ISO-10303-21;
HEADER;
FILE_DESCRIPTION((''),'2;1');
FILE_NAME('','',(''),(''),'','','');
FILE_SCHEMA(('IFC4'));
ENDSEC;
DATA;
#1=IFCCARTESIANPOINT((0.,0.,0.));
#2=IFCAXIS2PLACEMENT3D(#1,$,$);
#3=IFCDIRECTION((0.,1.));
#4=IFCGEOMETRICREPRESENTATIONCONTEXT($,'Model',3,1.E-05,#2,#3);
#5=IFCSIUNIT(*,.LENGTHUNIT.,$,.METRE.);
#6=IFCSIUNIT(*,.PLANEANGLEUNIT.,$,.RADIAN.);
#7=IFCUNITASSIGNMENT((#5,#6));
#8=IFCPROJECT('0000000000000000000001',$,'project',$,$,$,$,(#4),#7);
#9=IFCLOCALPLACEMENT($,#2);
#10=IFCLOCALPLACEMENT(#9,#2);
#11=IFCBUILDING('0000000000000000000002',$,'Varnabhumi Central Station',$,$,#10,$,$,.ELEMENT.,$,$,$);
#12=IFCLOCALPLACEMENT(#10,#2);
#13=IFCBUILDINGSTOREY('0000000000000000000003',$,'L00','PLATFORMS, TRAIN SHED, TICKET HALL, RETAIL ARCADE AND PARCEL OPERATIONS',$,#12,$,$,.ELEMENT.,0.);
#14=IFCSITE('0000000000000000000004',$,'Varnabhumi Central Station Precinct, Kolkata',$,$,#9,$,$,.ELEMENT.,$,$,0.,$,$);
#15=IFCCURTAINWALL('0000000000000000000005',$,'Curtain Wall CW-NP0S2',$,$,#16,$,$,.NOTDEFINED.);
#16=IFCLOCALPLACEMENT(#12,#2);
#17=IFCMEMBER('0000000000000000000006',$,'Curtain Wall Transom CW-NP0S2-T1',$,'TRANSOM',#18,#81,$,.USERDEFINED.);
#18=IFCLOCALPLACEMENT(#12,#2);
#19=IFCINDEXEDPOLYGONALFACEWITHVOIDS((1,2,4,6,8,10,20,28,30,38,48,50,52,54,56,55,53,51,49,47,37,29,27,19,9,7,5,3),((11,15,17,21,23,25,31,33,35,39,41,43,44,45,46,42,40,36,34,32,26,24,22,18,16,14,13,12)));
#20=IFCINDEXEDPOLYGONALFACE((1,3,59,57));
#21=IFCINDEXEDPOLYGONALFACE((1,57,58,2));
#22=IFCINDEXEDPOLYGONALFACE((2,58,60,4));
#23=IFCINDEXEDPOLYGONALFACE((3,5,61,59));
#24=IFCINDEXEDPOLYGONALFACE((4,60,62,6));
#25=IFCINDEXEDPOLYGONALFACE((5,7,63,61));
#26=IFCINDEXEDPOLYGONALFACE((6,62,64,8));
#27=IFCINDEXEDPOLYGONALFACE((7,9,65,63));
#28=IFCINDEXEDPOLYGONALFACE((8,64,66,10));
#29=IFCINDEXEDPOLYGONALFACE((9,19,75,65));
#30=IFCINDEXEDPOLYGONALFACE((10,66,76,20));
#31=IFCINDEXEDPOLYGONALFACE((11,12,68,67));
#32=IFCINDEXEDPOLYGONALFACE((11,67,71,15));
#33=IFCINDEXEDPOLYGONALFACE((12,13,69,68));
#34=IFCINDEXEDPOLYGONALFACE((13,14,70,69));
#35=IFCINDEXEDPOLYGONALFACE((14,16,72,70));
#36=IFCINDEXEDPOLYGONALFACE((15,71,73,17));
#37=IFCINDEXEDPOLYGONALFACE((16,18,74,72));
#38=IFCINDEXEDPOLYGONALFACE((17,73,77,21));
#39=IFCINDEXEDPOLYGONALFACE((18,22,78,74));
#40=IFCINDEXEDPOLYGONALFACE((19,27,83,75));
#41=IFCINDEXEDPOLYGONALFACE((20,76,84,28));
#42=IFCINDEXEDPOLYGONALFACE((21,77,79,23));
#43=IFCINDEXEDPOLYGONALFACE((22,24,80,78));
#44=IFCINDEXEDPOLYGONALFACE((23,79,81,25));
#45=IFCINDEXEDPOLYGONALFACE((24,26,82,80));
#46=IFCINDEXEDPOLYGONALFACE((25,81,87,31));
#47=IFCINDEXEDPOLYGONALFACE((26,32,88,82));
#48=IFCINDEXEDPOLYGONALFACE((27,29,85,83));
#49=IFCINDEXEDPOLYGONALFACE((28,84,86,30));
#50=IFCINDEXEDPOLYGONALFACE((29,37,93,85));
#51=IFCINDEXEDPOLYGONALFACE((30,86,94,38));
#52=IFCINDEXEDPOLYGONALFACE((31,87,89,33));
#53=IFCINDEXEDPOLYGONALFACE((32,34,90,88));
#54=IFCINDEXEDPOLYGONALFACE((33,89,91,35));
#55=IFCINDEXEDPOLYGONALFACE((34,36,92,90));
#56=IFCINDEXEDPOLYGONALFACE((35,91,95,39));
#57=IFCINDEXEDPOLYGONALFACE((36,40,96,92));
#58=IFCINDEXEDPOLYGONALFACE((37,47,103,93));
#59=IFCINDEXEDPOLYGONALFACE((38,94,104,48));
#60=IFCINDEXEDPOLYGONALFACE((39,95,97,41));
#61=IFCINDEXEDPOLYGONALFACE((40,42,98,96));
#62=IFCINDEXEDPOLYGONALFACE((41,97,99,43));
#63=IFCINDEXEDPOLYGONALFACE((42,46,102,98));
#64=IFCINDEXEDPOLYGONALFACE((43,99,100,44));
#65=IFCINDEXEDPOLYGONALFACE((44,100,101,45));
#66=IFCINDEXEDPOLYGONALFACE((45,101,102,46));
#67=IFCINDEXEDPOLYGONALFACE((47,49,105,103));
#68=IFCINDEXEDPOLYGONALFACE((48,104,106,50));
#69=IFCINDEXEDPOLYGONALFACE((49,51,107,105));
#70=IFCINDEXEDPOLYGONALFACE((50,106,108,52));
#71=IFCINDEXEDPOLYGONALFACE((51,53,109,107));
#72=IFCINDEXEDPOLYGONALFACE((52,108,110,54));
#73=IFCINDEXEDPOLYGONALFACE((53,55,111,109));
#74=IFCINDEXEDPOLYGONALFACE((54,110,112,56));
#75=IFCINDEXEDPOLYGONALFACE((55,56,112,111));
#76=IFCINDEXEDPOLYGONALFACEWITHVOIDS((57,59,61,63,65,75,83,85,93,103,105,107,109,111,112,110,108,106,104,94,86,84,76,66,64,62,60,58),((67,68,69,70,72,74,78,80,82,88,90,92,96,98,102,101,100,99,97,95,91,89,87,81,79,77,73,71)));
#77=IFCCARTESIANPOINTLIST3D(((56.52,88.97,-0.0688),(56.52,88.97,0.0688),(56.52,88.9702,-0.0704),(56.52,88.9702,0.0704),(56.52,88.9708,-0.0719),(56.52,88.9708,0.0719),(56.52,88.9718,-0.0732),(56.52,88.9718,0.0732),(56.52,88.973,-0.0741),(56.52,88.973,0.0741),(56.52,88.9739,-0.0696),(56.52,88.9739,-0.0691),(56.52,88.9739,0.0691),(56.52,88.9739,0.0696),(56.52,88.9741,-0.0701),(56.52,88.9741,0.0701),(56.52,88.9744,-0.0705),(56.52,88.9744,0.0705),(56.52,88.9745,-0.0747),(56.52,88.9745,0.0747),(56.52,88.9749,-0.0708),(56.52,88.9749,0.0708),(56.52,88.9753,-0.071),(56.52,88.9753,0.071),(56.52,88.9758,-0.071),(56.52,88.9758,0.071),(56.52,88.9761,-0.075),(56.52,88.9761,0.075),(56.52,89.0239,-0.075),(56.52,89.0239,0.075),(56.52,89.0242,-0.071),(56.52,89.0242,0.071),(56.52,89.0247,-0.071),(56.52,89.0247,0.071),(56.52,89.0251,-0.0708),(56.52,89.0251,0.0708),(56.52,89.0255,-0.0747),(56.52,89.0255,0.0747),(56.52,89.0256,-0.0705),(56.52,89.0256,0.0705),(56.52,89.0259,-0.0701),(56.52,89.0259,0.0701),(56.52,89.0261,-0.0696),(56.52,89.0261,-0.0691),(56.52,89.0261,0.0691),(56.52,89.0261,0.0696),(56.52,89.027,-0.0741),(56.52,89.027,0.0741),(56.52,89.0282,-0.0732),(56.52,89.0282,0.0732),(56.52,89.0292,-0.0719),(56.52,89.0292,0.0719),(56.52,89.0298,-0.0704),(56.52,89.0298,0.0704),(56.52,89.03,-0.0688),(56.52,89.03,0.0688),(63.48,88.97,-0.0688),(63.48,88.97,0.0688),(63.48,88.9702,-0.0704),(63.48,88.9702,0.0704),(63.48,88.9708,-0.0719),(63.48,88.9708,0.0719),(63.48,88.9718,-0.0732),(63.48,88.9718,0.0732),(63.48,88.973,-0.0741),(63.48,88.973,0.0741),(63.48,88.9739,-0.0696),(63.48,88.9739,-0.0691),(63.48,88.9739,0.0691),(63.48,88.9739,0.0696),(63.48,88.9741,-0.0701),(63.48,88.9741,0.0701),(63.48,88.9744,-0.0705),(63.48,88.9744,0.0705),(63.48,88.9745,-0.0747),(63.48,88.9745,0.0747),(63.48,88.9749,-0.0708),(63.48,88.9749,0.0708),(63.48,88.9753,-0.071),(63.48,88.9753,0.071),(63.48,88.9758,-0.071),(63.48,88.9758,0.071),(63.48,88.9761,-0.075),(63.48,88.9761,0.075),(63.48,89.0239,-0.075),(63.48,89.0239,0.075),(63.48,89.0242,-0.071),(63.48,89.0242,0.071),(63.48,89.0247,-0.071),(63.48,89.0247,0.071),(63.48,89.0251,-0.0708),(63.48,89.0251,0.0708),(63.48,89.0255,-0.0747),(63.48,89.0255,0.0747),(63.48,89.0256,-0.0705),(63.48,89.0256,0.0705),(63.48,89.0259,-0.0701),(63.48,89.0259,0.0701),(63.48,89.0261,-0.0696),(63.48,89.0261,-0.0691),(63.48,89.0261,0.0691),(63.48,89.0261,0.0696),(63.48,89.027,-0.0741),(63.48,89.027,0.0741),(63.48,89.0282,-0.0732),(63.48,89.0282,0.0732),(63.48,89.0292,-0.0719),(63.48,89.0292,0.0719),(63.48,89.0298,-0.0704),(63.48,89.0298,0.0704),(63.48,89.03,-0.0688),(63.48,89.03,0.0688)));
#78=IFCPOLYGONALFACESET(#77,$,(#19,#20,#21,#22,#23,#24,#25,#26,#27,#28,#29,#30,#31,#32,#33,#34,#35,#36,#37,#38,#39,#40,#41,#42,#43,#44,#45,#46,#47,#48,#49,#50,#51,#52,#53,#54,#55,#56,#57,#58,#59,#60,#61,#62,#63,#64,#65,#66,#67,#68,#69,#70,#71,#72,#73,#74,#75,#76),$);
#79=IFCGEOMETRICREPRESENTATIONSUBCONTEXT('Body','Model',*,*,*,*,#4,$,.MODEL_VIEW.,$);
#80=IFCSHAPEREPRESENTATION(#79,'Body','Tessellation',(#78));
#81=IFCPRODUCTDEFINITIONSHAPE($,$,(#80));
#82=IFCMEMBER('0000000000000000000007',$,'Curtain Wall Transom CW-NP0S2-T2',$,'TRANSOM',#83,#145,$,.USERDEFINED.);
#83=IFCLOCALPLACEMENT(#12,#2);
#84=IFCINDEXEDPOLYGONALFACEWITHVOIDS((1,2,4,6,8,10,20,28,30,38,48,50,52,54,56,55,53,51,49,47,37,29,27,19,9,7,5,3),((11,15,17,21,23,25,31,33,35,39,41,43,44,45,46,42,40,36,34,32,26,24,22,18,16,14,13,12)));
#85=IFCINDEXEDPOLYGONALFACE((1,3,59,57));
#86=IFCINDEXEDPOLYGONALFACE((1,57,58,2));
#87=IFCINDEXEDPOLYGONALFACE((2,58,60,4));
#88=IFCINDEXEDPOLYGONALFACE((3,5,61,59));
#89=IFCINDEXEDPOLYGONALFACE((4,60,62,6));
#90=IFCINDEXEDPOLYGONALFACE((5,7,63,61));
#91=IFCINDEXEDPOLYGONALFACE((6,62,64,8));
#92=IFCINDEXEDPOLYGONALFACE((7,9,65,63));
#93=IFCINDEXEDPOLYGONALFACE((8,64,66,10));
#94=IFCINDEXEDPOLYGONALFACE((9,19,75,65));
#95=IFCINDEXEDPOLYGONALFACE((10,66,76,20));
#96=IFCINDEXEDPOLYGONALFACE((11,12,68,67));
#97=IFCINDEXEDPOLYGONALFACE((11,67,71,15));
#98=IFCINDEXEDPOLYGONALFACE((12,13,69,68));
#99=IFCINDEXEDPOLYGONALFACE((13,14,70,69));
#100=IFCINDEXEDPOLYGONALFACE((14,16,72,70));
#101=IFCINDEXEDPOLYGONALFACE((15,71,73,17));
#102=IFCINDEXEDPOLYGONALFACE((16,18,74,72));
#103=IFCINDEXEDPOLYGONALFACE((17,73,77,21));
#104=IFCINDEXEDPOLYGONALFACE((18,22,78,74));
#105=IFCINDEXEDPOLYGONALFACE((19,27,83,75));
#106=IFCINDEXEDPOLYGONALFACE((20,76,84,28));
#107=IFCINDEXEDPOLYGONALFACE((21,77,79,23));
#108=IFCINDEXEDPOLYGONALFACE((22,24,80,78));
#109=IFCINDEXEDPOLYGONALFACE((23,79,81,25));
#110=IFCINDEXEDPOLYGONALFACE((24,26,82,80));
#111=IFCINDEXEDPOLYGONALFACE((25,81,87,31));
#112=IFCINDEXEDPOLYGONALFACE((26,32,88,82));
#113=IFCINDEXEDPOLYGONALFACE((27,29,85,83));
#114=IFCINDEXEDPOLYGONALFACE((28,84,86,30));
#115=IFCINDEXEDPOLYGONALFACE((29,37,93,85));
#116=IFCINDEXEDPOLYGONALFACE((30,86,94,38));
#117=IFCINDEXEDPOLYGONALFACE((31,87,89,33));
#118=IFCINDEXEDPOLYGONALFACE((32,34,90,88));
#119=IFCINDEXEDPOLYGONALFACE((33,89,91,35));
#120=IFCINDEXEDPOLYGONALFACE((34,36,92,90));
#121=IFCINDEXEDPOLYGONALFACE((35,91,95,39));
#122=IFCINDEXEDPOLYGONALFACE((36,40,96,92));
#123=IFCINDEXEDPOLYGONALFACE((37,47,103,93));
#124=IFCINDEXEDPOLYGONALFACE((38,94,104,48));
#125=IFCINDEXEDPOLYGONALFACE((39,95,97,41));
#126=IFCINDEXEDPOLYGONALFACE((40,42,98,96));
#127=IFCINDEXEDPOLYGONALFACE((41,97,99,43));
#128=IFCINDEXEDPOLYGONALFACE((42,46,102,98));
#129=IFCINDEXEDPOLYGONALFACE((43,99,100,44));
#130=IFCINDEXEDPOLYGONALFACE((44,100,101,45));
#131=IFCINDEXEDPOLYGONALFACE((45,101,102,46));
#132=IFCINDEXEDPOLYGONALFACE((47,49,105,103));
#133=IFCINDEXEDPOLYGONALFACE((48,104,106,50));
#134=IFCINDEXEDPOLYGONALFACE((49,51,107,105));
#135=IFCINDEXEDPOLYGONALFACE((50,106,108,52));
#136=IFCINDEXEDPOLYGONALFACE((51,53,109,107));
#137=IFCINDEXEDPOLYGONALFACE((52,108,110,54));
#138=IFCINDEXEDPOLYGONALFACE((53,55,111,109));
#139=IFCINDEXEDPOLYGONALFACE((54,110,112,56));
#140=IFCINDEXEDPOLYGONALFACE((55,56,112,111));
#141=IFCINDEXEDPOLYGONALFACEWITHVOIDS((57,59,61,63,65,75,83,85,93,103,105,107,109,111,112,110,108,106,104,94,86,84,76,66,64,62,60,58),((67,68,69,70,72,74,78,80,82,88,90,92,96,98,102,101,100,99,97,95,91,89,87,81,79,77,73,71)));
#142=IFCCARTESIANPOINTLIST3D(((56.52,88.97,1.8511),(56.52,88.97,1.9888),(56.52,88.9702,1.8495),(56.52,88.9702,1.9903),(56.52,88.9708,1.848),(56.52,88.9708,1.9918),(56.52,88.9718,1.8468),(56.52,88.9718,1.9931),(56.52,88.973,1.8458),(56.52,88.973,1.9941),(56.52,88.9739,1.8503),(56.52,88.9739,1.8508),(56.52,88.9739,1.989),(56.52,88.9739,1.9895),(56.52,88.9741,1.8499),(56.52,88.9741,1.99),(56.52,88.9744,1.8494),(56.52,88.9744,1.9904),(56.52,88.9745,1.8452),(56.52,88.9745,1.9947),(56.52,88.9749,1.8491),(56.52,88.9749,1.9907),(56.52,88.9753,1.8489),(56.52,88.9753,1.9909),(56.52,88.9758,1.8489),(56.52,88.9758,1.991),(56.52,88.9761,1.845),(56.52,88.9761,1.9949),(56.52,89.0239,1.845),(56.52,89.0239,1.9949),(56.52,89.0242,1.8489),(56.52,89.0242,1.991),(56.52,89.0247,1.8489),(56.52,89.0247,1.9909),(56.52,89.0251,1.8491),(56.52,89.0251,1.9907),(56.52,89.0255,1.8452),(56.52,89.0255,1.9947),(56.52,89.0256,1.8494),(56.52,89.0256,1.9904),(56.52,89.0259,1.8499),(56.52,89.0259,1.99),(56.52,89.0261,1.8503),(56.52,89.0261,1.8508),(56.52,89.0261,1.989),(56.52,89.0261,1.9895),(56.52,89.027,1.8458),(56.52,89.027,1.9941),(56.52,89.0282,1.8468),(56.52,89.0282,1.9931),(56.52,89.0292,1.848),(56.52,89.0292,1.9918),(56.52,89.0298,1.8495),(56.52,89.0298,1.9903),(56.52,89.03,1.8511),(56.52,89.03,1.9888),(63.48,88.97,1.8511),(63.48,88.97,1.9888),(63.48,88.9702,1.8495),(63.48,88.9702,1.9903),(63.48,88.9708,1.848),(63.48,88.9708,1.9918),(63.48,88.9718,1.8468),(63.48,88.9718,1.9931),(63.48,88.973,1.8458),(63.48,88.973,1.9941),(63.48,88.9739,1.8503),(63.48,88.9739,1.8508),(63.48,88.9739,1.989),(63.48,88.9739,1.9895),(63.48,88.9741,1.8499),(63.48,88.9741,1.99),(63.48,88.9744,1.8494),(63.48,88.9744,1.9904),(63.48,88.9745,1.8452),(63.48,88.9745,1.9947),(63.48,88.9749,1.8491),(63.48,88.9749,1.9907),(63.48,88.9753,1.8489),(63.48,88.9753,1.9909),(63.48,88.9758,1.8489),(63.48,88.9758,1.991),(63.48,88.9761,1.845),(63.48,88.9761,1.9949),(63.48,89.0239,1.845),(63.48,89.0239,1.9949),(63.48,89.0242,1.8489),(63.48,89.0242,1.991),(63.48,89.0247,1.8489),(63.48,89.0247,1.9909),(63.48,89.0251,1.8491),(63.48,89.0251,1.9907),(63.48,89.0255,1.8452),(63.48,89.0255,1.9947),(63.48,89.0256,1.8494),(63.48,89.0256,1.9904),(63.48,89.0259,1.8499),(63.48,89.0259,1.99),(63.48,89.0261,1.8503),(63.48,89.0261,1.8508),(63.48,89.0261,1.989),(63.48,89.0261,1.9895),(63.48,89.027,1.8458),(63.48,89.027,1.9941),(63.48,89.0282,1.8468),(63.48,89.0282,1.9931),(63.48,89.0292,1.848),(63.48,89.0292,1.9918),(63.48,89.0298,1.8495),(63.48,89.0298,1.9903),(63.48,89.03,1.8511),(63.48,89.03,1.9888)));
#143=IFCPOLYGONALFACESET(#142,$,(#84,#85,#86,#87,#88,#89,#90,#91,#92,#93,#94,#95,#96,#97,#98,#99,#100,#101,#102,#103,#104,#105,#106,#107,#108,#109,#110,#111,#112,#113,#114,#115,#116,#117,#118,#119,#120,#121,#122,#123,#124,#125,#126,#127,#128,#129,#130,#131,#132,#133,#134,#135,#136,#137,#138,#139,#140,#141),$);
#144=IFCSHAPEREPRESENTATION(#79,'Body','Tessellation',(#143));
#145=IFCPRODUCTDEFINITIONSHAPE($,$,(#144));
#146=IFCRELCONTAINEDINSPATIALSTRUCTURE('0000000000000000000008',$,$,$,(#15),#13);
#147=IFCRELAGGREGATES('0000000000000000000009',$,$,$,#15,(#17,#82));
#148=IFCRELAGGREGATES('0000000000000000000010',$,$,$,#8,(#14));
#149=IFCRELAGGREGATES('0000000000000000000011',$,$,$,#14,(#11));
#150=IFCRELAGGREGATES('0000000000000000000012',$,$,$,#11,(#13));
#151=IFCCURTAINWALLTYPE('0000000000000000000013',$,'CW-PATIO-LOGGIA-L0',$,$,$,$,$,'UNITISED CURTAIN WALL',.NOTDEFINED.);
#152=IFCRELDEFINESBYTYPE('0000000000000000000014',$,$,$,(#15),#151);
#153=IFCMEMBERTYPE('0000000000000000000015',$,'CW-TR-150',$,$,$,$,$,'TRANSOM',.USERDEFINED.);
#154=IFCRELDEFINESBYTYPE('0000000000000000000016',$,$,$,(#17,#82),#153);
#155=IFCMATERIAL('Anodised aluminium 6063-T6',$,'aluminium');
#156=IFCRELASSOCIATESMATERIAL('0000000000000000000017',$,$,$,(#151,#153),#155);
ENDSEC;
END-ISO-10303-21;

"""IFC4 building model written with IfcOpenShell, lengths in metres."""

from ifc_helpers import new_model, si_unit, direction, frame, origin, origin_2d, place, context, subcontext, project, spatial, hollow_rectangle, extrude, material, material_profile, profile_set, type_object, element, aggregate, save


model = new_model("IFC4")

# Units and contexts
model_context = context("Model", 3, precision=1e-05, world=origin(), true_north=direction((0.0, 1.0)))
body_context = subcontext(model_context, "Body", "Model", "MODEL_VIEW")
ifc_project = project(units=[si_unit("LENGTHUNIT", "METRE"), si_unit("PLANEANGLEUNIT", "RADIAN")], contexts=[model_context])

# Site, building, storey
site_placement = place(None, origin())
site = spatial("IfcSite", under=ifc_project, at=site_placement, Name="Varnabhumi Central Station Precinct, Kolkata", CompositionType="ELEMENT", RefElevation=0.0)
building_placement = place(site_placement, origin())
building = spatial("IfcBuilding", under=site, at=building_placement, Name="Varnabhumi Central Station", CompositionType="ELEMENT")
storey_placement = place(building_placement, origin())
storey = spatial("IfcBuildingStorey", under=building, at=storey_placement, Name="L00", Description="PLATFORMS, TRAIN SHED, TICKET HALL, RETAIL ARCADE AND PARCEL OPERATIONS", CompositionType="ELEMENT", Elevation=0.0)

# Shared definitions
ifc_material_1 = material(Name="Anodised aluminium 6063-T6", Category="aluminium")
curtain_wall_type = type_object("IfcCurtainWallType", Name="CW-PATIO-LOGGIA-L0", ElementType="UNITISED CURTAIN WALL", PredefinedType="NOTDEFINED", material=ifc_material_1)

# Curtain wall, members
curtain_wall_1_placement = place(storey_placement, origin())
curtain_wall_1 = element("IfcCurtainWall", 1, at=curtain_wall_1_placement, inside=storey, type_object=curtain_wall_type, Name="Curtain Wall CW-NP0S2", PredefinedType="NOTDEFINED")
ifc_material_profile_1 = material_profile(ifc_material_1, hollow_rectangle(XDim=0.0601, YDim=0.1499, WallThickness=0.0039, InnerFilletRadius=0.002, OuterFilletRadius=0.0061, at=origin_2d()), Name="Anodised aluminium 6063-T6", Category="aluminium")
ifc_profile_set_1 = profile_set([ifc_material_profile_1], Name="Anodised aluminium 6063-T6")
member_type_1 = type_object("IfcMemberType", Name="CW-TR-150", ElementType="TRANSOM", PredefinedType="USERDEFINED", material=ifc_profile_set_1)
member_1_placement = place(storey_placement, frame((56.52, 89.0, 0.0), z_axis=(1.0, 0.0, 0.0), x_axis=(0.0, 1.0, 0.0)))
member_1 = element("IfcMember", 2, at=member_1_placement, type_object=member_type_1, Name="Curtain Wall Transom CW-NP0S2-T1", ObjectType="TRANSOM", PredefinedType="USERDEFINED", context=body_context, shape_type="SweptSolid", body=[
    extrude(hollow_rectangle(XDim=0.0601, YDim=0.1499, WallThickness=0.0039, InnerFilletRadius=0.002, OuterFilletRadius=0.0061, at=origin_2d()), origin(), (0.0, 0.0, 1.0), 6.96),
])
member_2_placement = place(storey_placement, frame((56.52, 89.0, 1.9199), z_axis=(1.0, 0.0, 0.0), x_axis=(0.0, 1.0, 0.0)))
member_2 = element("IfcMember", 3, at=member_2_placement, type_object=member_type_1, Name="Curtain Wall Transom CW-NP0S2-T2", ObjectType="TRANSOM", PredefinedType="USERDEFINED", context=body_context, shape_type="SweptSolid", body=[
    extrude(hollow_rectangle(XDim=0.0601, YDim=0.1499, WallThickness=0.0039, InnerFilletRadius=0.002, OuterFilletRadius=0.0061, at=origin_2d()), origin(), (0.0, 0.0, 1.0), 6.96),
])

aggregate(curtain_wall_1, [member_1, member_2])

save(model, "model.ifc")
